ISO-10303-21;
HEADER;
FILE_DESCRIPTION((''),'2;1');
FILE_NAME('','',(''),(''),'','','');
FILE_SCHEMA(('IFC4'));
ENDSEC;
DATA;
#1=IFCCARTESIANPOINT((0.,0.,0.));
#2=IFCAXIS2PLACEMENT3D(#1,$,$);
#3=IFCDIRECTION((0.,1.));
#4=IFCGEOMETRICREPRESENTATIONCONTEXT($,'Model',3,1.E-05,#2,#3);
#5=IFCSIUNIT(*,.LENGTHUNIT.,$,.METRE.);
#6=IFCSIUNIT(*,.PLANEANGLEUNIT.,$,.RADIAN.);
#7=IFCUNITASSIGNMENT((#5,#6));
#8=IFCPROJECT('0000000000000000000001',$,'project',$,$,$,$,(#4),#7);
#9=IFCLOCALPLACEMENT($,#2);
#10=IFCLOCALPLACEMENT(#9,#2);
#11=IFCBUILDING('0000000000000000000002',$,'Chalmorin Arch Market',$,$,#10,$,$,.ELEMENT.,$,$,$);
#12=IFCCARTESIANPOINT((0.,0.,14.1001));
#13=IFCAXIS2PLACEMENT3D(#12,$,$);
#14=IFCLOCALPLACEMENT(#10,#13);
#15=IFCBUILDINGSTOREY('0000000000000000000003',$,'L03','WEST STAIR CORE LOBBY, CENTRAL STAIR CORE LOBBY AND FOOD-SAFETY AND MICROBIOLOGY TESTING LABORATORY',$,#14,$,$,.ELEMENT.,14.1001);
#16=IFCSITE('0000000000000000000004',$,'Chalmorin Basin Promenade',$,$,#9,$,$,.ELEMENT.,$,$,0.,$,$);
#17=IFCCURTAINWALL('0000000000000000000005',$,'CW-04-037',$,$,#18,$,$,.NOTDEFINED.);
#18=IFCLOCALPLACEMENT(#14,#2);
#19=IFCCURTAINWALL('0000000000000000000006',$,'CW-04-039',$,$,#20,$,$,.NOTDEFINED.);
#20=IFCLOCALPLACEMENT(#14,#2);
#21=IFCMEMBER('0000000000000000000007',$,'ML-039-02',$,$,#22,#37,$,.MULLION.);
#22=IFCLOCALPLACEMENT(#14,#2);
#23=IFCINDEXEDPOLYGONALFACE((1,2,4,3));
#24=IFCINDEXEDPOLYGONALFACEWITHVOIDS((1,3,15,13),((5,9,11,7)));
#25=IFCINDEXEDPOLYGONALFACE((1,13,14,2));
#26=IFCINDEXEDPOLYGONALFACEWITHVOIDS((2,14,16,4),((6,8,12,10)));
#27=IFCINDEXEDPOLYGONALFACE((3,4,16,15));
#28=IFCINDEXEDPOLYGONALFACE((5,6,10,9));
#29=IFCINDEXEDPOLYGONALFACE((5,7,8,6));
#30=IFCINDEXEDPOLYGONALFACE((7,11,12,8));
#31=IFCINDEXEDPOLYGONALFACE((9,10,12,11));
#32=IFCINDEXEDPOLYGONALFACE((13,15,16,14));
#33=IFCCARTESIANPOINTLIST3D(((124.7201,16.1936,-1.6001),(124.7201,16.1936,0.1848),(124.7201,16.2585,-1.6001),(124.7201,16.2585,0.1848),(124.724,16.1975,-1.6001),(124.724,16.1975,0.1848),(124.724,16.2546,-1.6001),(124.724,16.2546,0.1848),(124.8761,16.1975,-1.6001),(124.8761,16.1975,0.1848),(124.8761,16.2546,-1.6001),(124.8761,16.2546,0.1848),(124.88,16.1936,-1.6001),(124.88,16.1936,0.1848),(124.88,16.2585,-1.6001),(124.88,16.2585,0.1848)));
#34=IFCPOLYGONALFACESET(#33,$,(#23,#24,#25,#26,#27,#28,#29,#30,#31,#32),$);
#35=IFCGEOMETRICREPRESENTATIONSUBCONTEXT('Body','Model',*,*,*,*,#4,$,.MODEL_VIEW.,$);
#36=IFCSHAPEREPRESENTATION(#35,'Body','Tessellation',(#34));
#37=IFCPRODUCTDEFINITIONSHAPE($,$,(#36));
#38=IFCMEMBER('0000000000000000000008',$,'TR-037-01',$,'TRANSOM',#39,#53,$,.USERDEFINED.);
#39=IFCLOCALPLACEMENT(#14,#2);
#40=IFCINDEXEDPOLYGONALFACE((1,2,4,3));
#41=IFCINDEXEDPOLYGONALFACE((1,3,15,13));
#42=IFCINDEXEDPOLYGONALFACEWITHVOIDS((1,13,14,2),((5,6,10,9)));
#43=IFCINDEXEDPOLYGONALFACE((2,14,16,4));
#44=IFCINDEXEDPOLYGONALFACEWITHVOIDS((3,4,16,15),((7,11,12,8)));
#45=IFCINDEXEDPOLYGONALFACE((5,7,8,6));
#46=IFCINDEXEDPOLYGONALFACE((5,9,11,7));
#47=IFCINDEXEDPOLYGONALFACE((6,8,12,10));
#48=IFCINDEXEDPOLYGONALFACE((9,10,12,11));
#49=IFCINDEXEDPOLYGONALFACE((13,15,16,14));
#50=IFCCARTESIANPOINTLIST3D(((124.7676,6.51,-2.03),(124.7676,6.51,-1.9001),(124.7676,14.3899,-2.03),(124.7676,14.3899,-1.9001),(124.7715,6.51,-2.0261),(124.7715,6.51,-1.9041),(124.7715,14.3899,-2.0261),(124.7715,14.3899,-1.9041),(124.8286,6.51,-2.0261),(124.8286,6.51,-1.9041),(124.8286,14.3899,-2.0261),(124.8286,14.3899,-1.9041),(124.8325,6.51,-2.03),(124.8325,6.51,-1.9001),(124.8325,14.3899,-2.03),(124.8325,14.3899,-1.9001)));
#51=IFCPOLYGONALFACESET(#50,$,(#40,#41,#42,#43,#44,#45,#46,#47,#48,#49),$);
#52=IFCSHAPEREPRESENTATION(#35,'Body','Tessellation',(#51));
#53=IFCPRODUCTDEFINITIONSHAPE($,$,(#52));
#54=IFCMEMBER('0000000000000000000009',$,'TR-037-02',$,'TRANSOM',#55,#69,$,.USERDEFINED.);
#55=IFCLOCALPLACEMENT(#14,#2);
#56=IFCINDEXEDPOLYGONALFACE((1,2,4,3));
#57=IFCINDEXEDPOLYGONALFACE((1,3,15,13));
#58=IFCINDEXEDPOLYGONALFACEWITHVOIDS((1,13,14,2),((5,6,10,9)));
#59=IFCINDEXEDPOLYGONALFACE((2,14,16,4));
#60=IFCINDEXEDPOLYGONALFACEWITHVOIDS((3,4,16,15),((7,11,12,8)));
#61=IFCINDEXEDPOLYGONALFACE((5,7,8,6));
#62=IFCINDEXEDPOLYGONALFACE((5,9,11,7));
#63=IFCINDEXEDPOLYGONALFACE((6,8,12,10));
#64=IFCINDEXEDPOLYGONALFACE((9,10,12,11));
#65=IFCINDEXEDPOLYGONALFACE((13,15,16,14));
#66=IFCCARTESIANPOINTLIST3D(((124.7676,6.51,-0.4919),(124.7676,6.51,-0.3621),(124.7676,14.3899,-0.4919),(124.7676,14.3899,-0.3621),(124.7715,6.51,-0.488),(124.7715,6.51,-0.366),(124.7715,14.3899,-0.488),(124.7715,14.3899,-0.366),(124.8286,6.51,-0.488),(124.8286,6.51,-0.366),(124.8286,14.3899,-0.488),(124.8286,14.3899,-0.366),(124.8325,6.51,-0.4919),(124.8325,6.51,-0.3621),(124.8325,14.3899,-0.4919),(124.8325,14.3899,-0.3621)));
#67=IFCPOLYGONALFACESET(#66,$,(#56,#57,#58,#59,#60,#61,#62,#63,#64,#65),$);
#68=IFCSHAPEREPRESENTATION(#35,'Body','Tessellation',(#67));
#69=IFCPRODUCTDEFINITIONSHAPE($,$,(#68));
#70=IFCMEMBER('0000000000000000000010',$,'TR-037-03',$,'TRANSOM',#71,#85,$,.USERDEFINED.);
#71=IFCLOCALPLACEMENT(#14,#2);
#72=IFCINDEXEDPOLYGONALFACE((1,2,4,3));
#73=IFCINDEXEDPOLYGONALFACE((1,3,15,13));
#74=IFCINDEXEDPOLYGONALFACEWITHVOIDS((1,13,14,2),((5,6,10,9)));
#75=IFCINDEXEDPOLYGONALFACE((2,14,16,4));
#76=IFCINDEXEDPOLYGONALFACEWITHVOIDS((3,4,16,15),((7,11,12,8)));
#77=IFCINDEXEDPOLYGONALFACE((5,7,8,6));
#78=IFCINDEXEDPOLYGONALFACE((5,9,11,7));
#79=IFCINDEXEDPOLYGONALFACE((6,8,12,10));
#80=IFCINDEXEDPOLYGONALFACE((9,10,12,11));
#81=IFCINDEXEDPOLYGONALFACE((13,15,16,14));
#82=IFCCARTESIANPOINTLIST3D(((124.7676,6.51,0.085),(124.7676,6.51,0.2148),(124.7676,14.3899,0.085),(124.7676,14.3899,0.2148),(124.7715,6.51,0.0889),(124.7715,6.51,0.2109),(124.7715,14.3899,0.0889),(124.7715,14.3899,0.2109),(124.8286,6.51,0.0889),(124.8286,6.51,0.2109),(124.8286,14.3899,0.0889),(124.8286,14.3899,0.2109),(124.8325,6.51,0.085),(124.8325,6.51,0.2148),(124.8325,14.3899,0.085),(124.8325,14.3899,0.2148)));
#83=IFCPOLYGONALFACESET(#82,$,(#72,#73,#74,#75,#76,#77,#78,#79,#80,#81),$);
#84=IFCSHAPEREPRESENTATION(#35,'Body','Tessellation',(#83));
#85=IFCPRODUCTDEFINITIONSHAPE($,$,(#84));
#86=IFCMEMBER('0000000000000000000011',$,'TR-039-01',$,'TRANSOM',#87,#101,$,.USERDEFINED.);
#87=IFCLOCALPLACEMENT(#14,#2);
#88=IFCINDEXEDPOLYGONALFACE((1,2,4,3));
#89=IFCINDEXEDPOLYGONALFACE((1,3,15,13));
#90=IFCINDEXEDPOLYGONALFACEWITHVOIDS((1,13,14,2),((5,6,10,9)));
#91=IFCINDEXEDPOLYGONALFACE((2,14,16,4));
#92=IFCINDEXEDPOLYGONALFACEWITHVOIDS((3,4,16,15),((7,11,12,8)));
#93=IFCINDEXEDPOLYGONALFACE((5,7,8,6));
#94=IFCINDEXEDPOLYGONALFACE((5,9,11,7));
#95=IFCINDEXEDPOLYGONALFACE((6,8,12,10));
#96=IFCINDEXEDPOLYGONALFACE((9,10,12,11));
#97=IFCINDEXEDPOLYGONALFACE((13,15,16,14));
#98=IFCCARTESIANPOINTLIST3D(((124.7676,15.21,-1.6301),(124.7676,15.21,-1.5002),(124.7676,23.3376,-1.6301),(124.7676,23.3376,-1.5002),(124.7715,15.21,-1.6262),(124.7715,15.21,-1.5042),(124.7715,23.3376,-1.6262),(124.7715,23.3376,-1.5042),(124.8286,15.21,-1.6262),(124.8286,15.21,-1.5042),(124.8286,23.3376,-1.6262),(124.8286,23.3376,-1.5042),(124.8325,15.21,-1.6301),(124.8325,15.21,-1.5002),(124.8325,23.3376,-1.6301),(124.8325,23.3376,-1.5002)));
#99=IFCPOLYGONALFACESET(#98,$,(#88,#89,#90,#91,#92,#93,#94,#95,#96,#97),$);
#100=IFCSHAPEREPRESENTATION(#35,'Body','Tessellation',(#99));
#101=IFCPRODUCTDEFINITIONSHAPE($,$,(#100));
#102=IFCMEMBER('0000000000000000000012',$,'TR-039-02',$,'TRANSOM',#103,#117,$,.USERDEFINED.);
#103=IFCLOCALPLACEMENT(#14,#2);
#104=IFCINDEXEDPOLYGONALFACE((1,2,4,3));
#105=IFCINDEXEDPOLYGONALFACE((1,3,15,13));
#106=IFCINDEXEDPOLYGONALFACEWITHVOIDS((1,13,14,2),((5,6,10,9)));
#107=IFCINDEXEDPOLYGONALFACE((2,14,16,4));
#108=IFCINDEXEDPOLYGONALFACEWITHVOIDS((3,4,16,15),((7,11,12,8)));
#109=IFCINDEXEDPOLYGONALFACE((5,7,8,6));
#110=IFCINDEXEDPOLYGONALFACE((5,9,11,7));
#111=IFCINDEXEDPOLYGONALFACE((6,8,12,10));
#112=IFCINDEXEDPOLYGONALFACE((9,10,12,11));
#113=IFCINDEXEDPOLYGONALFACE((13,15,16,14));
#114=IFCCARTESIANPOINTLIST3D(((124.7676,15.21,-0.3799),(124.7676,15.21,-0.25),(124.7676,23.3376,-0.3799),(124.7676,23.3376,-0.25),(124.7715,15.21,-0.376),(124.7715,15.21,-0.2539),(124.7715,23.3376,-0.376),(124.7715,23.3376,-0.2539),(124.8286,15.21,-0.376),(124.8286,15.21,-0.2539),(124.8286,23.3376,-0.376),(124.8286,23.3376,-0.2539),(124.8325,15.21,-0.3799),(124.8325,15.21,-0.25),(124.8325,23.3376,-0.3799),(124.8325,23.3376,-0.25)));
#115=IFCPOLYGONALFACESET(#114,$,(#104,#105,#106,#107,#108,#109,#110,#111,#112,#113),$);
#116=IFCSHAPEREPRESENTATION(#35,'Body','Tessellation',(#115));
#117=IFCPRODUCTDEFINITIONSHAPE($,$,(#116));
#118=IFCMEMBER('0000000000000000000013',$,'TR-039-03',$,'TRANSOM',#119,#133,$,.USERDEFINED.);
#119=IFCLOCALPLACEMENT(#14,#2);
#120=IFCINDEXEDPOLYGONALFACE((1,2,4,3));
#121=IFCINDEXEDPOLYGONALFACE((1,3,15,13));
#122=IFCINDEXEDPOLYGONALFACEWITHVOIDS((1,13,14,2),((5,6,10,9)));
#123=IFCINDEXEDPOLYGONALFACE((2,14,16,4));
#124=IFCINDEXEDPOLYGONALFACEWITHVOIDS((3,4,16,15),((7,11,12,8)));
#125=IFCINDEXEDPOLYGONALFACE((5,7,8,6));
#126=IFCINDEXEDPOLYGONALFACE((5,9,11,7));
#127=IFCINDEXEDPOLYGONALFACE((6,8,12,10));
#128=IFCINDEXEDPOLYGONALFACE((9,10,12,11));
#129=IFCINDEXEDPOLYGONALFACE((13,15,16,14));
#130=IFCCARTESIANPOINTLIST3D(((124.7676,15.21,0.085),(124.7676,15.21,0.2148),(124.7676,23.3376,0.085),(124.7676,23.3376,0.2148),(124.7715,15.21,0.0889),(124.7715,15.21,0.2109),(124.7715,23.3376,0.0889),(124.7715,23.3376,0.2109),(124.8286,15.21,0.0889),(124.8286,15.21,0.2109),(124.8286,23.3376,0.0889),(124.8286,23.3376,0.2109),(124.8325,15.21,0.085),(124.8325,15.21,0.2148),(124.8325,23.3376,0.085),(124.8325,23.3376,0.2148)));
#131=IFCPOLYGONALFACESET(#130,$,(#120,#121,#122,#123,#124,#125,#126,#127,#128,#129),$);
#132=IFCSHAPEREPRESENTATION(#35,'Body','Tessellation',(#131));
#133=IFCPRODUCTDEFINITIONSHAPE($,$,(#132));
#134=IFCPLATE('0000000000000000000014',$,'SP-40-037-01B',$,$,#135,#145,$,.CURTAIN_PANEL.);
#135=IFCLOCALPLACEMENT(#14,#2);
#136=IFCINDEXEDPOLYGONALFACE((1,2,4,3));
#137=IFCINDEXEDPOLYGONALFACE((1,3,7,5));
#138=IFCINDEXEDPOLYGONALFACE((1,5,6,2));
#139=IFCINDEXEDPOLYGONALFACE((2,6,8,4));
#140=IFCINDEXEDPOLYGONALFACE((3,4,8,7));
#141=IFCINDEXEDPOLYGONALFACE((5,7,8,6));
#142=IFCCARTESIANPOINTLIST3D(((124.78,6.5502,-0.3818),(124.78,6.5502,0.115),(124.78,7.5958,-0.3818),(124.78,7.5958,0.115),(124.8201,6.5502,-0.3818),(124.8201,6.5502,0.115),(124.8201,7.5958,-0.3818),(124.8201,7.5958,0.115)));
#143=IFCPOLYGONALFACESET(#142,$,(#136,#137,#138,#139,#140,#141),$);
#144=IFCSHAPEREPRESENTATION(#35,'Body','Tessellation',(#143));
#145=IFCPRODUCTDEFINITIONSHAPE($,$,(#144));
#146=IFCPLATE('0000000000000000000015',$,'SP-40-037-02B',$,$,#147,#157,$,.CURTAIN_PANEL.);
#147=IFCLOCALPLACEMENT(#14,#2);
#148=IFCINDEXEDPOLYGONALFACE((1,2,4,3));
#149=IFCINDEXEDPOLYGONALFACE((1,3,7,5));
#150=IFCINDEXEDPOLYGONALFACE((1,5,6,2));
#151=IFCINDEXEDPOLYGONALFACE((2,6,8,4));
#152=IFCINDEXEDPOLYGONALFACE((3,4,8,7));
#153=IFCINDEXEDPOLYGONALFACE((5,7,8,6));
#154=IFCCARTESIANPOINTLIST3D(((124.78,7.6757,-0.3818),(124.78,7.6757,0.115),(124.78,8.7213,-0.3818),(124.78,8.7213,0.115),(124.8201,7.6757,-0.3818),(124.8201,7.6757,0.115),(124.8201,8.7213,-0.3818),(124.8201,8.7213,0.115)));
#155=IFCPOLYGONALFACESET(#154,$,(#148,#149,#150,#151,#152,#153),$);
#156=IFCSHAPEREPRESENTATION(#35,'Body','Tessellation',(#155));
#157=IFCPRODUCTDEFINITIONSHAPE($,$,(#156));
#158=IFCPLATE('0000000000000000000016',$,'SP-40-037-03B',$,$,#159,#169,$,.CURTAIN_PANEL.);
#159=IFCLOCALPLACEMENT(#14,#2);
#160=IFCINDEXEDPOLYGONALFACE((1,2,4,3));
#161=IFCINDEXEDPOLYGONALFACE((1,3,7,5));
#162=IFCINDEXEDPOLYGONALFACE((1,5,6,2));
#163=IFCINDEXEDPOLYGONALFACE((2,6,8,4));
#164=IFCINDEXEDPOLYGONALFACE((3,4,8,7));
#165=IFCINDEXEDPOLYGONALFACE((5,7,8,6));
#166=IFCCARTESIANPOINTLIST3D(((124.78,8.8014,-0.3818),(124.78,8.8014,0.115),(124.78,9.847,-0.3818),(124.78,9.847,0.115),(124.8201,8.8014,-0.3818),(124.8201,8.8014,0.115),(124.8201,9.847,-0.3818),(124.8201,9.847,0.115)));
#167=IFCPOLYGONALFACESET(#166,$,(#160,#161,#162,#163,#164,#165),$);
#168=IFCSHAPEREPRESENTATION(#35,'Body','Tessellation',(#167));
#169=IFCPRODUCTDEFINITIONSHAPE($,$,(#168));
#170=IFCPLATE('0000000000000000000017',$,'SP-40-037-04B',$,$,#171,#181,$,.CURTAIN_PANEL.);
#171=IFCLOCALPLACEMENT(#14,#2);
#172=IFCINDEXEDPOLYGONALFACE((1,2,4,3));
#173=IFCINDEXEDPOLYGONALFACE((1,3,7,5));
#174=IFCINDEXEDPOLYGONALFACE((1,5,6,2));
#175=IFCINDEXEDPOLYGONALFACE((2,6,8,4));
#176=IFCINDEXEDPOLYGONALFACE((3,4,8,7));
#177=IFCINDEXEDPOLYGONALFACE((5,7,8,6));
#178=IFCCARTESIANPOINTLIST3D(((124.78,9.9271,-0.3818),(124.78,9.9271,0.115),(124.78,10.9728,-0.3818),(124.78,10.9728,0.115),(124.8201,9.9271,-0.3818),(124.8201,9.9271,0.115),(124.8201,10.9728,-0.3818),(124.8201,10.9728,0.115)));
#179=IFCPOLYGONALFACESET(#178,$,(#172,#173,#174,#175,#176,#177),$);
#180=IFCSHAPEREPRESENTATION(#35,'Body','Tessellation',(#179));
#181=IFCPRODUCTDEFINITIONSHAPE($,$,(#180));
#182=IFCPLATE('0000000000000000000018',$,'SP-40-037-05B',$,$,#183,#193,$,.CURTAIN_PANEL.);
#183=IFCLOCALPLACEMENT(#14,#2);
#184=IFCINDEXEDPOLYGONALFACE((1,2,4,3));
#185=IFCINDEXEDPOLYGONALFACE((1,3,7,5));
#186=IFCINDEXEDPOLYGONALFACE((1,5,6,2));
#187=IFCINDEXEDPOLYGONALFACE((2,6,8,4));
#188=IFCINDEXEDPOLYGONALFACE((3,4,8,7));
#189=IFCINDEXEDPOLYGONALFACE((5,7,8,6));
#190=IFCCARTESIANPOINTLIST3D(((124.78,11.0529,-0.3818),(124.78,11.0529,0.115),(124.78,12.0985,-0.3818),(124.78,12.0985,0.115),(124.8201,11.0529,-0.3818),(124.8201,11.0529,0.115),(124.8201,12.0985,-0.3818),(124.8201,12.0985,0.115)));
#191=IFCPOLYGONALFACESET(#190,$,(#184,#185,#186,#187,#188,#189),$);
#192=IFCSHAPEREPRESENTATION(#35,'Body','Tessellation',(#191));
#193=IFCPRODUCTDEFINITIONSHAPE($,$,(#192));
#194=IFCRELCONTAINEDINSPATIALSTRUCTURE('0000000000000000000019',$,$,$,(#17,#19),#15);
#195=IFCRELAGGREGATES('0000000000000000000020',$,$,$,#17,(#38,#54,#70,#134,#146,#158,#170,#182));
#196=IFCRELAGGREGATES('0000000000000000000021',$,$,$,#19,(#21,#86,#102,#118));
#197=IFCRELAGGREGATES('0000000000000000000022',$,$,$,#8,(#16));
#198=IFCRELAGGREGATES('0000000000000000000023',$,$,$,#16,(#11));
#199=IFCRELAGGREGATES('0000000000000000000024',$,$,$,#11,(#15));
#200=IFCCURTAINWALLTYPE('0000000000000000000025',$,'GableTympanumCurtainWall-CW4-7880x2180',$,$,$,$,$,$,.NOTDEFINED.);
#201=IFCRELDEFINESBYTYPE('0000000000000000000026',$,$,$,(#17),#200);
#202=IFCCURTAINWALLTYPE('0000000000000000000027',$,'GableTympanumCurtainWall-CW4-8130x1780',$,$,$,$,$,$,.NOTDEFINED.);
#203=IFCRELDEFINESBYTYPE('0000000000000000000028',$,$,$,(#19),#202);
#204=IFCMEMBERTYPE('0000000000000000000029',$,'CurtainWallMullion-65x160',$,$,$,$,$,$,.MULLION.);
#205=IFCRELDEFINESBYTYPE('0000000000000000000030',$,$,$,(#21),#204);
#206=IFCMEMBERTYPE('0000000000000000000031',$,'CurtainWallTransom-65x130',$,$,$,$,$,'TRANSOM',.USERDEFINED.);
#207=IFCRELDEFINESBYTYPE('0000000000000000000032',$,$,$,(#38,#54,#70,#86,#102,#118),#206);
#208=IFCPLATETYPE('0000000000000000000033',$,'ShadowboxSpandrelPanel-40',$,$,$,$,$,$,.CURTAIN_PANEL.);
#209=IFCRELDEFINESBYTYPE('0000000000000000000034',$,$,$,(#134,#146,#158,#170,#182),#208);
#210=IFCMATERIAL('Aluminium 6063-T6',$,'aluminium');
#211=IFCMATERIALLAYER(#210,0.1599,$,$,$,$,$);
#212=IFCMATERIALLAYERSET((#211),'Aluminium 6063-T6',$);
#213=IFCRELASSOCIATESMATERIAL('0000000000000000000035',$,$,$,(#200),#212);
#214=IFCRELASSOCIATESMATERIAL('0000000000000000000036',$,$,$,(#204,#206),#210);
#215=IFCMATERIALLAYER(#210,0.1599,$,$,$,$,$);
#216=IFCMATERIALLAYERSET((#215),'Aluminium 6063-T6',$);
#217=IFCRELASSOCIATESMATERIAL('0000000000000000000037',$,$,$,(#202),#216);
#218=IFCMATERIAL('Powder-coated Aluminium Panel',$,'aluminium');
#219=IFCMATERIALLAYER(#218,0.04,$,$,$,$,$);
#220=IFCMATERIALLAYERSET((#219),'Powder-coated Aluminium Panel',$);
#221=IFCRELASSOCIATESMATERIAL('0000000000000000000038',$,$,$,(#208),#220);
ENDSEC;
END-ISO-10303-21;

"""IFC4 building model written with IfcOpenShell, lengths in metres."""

from ifc_helpers import new_model, si_unit, direction, frame, origin, origin_2d, place, context, subcontext, project, spatial, rectangle, hollow_rectangle, extrude, material, layer, layer_set, material_profile, profile_set, type_object, element, aggregate, save


model = new_model("IFC4")

# Units and contexts
model_context = context("Model", 3, precision=1e-05, world=origin(), true_north=direction((0.0, 1.0)))
body_context = subcontext(model_context, "Body", "Model", "MODEL_VIEW")
ifc_project = project(units=[si_unit("LENGTHUNIT", "METRE"), si_unit("PLANEANGLEUNIT", "RADIAN")], contexts=[model_context])

# Site, building, storey
site_placement = place(None, origin())
site = spatial("IfcSite", under=ifc_project, at=site_placement, Name="Chalmorin Basin Promenade", CompositionType="ELEMENT", RefElevation=0.0)
building_placement = place(site_placement, origin())
building = spatial("IfcBuilding", under=site, at=building_placement, Name="Chalmorin Arch Market", CompositionType="ELEMENT")
storey_placement = place(building_placement, frame((0.0, 0.0, 14.1001)))
storey = spatial("IfcBuildingStorey", under=building, at=storey_placement, Name="L03", Description="WEST STAIR CORE LOBBY, CENTRAL STAIR CORE LOBBY AND FOOD-SAFETY AND MICROBIOLOGY TESTING LABORATORY", CompositionType="ELEMENT", Elevation=14.1001)

# Curtain walls, member
ifc_material_1 = material(Name="Aluminium 6063-T6", Category="aluminium")
ifc_layer_1 = layer(ifc_material_1, 0.1599)
ifc_layer_set_1 = layer_set([ifc_layer_1], Name="Aluminium 6063-T6")
curtain_wall_type_1 = type_object("IfcCurtainWallType", Name="GableTympanumCurtainWall-CW4-7880x2180", PredefinedType="NOTDEFINED", material=ifc_layer_set_1)
curtain_wall_1_placement = place(storey_placement, origin())
curtain_wall_1 = element("IfcCurtainWall", 1, at=curtain_wall_1_placement, inside=storey, type_object=curtain_wall_type_1, Name="CW-04-037", PredefinedType="NOTDEFINED")
ifc_material_profile_1 = material_profile(ifc_material_1, hollow_rectangle(XDim=0.0649, YDim=0.1599, WallThickness=0.0039, at=origin_2d()), Name="ALU65X160X4")
ifc_profile_set_1 = profile_set([ifc_material_profile_1], Name="Aluminium 6063-T6")
member_type_1 = type_object("IfcMemberType", Name="CurtainWallMullion-65x160", PredefinedType="MULLION", material=ifc_profile_set_1)
ifc_layer_2 = layer(ifc_material_1, 0.1599)
ifc_layer_set_2 = layer_set([ifc_layer_2], Name="Aluminium 6063-T6")
curtain_wall_type_2 = type_object("IfcCurtainWallType", Name="GableTympanumCurtainWall-CW4-8130x1780", PredefinedType="NOTDEFINED", material=ifc_layer_set_2)
curtain_wall_2_placement = place(storey_placement, origin())
curtain_wall_2 = element("IfcCurtainWall", 2, at=curtain_wall_2_placement, inside=storey, type_object=curtain_wall_type_2, Name="CW-04-039", PredefinedType="NOTDEFINED")
member_1_placement = place(storey_placement, frame((124.8, 16.2261, -1.6001), z_axis=(0.0, 0.0, 1.0), x_axis=(0.0, 1.0, 0.0)))
member_1 = element("IfcMember", 3, at=member_1_placement, type_object=member_type_1, Name="ML-039-02", PredefinedType="MULLION", context=body_context, shape_type="SweptSolid", body=[
    extrude(hollow_rectangle(XDim=0.0649, YDim=0.1599, WallThickness=0.0039, at=origin_2d()), origin(), (0.0, 0.0, 1.0), 1.7849),
])

# Members
ifc_material_profile_2 = material_profile(ifc_material_1, hollow_rectangle(XDim=0.0649, YDim=0.1299, WallThickness=0.0039, at=origin_2d()), Name="ALU65X130X4")
ifc_profile_set_2 = profile_set([ifc_material_profile_2], Name="Aluminium 6063-T6")
member_type_2 = type_object("IfcMemberType", Name="CurtainWallTransom-65x130", ElementType="TRANSOM", PredefinedType="USERDEFINED", material=ifc_profile_set_2)
member_2_placement = place(storey_placement, frame((124.8, 6.51, -1.9651), z_axis=(0.0, 1.0, 0.0), x_axis=(-1.0, 0.0, 0.0)))
member_2 = element("IfcMember", 4, at=member_2_placement, type_object=member_type_2, Name="TR-037-01", ObjectType="TRANSOM", PredefinedType="USERDEFINED", context=body_context, shape_type="SweptSolid", body=[
    extrude(hollow_rectangle(XDim=0.0649, YDim=0.1299, WallThickness=0.0039, at=origin_2d()), origin(), (0.0, 0.0, 1.0), 7.8799),
])
member_3_placement = place(storey_placement, frame((124.8, 6.51, -0.427), z_axis=(0.0, 1.0, 0.0), x_axis=(-1.0, 0.0, 0.0)))
member_3 = element("IfcMember", 5, at=member_3_placement, type_object=member_type_2, Name="TR-037-02", ObjectType="TRANSOM", PredefinedType="USERDEFINED", context=body_context, shape_type="SweptSolid", body=[
    extrude(hollow_rectangle(XDim=0.0649, YDim=0.1299, WallThickness=0.0039, at=origin_2d()), origin(), (0.0, 0.0, 1.0), 7.8799),
])
member_4_placement = place(storey_placement, frame((124.8, 6.51, 0.1499), z_axis=(0.0, 1.0, 0.0), x_axis=(-1.0, 0.0, 0.0)))
member_4 = element("IfcMember", 6, at=member_4_placement, type_object=member_type_2, Name="TR-037-03", ObjectType="TRANSOM", PredefinedType="USERDEFINED", context=body_context, shape_type="SweptSolid", body=[
    extrude(hollow_rectangle(XDim=0.0649, YDim=0.1299, WallThickness=0.0039, at=origin_2d()), origin(), (0.0, 0.0, 1.0), 7.8799),
])
member_5_placement = place(storey_placement, frame((124.8, 15.21, -1.5652), z_axis=(0.0, 1.0, 0.0), x_axis=(-1.0, 0.0, 0.0)))
member_5 = element("IfcMember", 7, at=member_5_placement, type_object=member_type_2, Name="TR-039-01", ObjectType="TRANSOM", PredefinedType="USERDEFINED", context=body_context, shape_type="SweptSolid", body=[
    extrude(hollow_rectangle(XDim=0.0649, YDim=0.1299, WallThickness=0.0039, at=origin_2d()), origin(), (0.0, 0.0, 1.0), 8.1277),
])
member_6_placement = place(storey_placement, frame((124.8, 15.21, -0.3149), z_axis=(0.0, 1.0, 0.0), x_axis=(-1.0, 0.0, 0.0)))
member_6 = element("IfcMember", 8, at=member_6_placement, type_object=member_type_2, Name="TR-039-02", ObjectType="TRANSOM", PredefinedType="USERDEFINED", context=body_context, shape_type="SweptSolid", body=[
    extrude(hollow_rectangle(XDim=0.0649, YDim=0.1299, WallThickness=0.0039, at=origin_2d()), origin(), (0.0, 0.0, 1.0), 8.1277),
])
member_7_placement = place(storey_placement, frame((124.8, 15.21, 0.1499), z_axis=(0.0, 1.0, 0.0), x_axis=(-1.0, 0.0, 0.0)))
member_7 = element("IfcMember", 9, at=member_7_placement, type_object=member_type_2, Name="TR-039-03", ObjectType="TRANSOM", PredefinedType="USERDEFINED", context=body_context, shape_type="SweptSolid", body=[
    extrude(hollow_rectangle(XDim=0.0649, YDim=0.1299, WallThickness=0.0039, at=origin_2d()), origin(), (0.0, 0.0, 1.0), 8.1277),
])

# Plates
ifc_material_2 = material(Name="Powder-coated Aluminium Panel", Category="aluminium")
ifc_layer_3 = layer(ifc_material_2, 0.04)
ifc_layer_set_3 = layer_set([ifc_layer_3], Name="Powder-coated Aluminium Panel")
plate_type_1 = type_object("IfcPlateType", Name="ShadowboxSpandrelPanel-40", PredefinedType="CURTAIN_PANEL", material=ifc_layer_set_3)
plate_1_placement = place(storey_placement, frame((124.8, 7.073, -0.3818), z_axis=(0.0, 0.0, 1.0), x_axis=(0.0, 1.0, 0.0)))
plate_1 = element("IfcPlate", 10, at=plate_1_placement, type_object=plate_type_1, Name="SP-40-037-01B", PredefinedType="CURTAIN_PANEL", context=body_context, shape_type="SweptSolid", body=[
    extrude(rectangle(XDim=1.0457, YDim=0.04, at=origin_2d()), origin(), (0.0, 0.0, 1.0), 0.4968),
])
plate_2_placement = place(storey_placement, frame((124.8, 8.1985, -0.3818), z_axis=(0.0, 0.0, 1.0), x_axis=(0.0, 1.0, 0.0)))
plate_2 = element("IfcPlate", 11, at=plate_2_placement, type_object=plate_type_1, Name="SP-40-037-02B", PredefinedType="CURTAIN_PANEL", context=body_context, shape_type="SweptSolid", body=[
    extrude(rectangle(XDim=1.0457, YDim=0.04, at=origin_2d()), origin(), (0.0, 0.0, 1.0), 0.4968),
])
plate_3_placement = place(storey_placement, frame((124.8, 9.3242, -0.3818), z_axis=(0.0, 0.0, 1.0), x_axis=(0.0, 1.0, 0.0)))
plate_3 = element("IfcPlate", 12, at=plate_3_placement, type_object=plate_type_1, Name="SP-40-037-03B", PredefinedType="CURTAIN_PANEL", context=body_context, shape_type="SweptSolid", body=[
    extrude(rectangle(XDim=1.0457, YDim=0.04, at=origin_2d()), origin(), (0.0, 0.0, 1.0), 0.4968),
])
plate_4_placement = place(storey_placement, frame((124.8, 10.45, -0.3818), z_axis=(0.0, 0.0, 1.0), x_axis=(0.0, 1.0, 0.0)))
plate_4 = element("IfcPlate", 13, at=plate_4_placement, type_object=plate_type_1, Name="SP-40-037-04B", PredefinedType="CURTAIN_PANEL", context=body_context, shape_type="SweptSolid", body=[
    extrude(rectangle(XDim=1.0457, YDim=0.04, at=origin_2d()), origin(), (0.0, 0.0, 1.0), 0.4968),
])
plate_5_placement = place(storey_placement, frame((124.8, 11.5757, -0.3818), z_axis=(0.0, 0.0, 1.0), x_axis=(0.0, 1.0, 0.0)))
plate_5 = element("IfcPlate", 14, at=plate_5_placement, type_object=plate_type_1, Name="SP-40-037-05B", PredefinedType="CURTAIN_PANEL", context=body_context, shape_type="SweptSolid", body=[
    extrude(rectangle(XDim=1.0457, YDim=0.04, at=origin_2d()), origin(), (0.0, 0.0, 1.0), 0.4968),
])
aggregate(curtain_wall_1, [member_2, member_3, member_4, plate_1, plate_2, plate_3, plate_4, plate_5])
aggregate(curtain_wall_2, [member_1, member_5, member_6, member_7])

save(model, "model.ifc")
